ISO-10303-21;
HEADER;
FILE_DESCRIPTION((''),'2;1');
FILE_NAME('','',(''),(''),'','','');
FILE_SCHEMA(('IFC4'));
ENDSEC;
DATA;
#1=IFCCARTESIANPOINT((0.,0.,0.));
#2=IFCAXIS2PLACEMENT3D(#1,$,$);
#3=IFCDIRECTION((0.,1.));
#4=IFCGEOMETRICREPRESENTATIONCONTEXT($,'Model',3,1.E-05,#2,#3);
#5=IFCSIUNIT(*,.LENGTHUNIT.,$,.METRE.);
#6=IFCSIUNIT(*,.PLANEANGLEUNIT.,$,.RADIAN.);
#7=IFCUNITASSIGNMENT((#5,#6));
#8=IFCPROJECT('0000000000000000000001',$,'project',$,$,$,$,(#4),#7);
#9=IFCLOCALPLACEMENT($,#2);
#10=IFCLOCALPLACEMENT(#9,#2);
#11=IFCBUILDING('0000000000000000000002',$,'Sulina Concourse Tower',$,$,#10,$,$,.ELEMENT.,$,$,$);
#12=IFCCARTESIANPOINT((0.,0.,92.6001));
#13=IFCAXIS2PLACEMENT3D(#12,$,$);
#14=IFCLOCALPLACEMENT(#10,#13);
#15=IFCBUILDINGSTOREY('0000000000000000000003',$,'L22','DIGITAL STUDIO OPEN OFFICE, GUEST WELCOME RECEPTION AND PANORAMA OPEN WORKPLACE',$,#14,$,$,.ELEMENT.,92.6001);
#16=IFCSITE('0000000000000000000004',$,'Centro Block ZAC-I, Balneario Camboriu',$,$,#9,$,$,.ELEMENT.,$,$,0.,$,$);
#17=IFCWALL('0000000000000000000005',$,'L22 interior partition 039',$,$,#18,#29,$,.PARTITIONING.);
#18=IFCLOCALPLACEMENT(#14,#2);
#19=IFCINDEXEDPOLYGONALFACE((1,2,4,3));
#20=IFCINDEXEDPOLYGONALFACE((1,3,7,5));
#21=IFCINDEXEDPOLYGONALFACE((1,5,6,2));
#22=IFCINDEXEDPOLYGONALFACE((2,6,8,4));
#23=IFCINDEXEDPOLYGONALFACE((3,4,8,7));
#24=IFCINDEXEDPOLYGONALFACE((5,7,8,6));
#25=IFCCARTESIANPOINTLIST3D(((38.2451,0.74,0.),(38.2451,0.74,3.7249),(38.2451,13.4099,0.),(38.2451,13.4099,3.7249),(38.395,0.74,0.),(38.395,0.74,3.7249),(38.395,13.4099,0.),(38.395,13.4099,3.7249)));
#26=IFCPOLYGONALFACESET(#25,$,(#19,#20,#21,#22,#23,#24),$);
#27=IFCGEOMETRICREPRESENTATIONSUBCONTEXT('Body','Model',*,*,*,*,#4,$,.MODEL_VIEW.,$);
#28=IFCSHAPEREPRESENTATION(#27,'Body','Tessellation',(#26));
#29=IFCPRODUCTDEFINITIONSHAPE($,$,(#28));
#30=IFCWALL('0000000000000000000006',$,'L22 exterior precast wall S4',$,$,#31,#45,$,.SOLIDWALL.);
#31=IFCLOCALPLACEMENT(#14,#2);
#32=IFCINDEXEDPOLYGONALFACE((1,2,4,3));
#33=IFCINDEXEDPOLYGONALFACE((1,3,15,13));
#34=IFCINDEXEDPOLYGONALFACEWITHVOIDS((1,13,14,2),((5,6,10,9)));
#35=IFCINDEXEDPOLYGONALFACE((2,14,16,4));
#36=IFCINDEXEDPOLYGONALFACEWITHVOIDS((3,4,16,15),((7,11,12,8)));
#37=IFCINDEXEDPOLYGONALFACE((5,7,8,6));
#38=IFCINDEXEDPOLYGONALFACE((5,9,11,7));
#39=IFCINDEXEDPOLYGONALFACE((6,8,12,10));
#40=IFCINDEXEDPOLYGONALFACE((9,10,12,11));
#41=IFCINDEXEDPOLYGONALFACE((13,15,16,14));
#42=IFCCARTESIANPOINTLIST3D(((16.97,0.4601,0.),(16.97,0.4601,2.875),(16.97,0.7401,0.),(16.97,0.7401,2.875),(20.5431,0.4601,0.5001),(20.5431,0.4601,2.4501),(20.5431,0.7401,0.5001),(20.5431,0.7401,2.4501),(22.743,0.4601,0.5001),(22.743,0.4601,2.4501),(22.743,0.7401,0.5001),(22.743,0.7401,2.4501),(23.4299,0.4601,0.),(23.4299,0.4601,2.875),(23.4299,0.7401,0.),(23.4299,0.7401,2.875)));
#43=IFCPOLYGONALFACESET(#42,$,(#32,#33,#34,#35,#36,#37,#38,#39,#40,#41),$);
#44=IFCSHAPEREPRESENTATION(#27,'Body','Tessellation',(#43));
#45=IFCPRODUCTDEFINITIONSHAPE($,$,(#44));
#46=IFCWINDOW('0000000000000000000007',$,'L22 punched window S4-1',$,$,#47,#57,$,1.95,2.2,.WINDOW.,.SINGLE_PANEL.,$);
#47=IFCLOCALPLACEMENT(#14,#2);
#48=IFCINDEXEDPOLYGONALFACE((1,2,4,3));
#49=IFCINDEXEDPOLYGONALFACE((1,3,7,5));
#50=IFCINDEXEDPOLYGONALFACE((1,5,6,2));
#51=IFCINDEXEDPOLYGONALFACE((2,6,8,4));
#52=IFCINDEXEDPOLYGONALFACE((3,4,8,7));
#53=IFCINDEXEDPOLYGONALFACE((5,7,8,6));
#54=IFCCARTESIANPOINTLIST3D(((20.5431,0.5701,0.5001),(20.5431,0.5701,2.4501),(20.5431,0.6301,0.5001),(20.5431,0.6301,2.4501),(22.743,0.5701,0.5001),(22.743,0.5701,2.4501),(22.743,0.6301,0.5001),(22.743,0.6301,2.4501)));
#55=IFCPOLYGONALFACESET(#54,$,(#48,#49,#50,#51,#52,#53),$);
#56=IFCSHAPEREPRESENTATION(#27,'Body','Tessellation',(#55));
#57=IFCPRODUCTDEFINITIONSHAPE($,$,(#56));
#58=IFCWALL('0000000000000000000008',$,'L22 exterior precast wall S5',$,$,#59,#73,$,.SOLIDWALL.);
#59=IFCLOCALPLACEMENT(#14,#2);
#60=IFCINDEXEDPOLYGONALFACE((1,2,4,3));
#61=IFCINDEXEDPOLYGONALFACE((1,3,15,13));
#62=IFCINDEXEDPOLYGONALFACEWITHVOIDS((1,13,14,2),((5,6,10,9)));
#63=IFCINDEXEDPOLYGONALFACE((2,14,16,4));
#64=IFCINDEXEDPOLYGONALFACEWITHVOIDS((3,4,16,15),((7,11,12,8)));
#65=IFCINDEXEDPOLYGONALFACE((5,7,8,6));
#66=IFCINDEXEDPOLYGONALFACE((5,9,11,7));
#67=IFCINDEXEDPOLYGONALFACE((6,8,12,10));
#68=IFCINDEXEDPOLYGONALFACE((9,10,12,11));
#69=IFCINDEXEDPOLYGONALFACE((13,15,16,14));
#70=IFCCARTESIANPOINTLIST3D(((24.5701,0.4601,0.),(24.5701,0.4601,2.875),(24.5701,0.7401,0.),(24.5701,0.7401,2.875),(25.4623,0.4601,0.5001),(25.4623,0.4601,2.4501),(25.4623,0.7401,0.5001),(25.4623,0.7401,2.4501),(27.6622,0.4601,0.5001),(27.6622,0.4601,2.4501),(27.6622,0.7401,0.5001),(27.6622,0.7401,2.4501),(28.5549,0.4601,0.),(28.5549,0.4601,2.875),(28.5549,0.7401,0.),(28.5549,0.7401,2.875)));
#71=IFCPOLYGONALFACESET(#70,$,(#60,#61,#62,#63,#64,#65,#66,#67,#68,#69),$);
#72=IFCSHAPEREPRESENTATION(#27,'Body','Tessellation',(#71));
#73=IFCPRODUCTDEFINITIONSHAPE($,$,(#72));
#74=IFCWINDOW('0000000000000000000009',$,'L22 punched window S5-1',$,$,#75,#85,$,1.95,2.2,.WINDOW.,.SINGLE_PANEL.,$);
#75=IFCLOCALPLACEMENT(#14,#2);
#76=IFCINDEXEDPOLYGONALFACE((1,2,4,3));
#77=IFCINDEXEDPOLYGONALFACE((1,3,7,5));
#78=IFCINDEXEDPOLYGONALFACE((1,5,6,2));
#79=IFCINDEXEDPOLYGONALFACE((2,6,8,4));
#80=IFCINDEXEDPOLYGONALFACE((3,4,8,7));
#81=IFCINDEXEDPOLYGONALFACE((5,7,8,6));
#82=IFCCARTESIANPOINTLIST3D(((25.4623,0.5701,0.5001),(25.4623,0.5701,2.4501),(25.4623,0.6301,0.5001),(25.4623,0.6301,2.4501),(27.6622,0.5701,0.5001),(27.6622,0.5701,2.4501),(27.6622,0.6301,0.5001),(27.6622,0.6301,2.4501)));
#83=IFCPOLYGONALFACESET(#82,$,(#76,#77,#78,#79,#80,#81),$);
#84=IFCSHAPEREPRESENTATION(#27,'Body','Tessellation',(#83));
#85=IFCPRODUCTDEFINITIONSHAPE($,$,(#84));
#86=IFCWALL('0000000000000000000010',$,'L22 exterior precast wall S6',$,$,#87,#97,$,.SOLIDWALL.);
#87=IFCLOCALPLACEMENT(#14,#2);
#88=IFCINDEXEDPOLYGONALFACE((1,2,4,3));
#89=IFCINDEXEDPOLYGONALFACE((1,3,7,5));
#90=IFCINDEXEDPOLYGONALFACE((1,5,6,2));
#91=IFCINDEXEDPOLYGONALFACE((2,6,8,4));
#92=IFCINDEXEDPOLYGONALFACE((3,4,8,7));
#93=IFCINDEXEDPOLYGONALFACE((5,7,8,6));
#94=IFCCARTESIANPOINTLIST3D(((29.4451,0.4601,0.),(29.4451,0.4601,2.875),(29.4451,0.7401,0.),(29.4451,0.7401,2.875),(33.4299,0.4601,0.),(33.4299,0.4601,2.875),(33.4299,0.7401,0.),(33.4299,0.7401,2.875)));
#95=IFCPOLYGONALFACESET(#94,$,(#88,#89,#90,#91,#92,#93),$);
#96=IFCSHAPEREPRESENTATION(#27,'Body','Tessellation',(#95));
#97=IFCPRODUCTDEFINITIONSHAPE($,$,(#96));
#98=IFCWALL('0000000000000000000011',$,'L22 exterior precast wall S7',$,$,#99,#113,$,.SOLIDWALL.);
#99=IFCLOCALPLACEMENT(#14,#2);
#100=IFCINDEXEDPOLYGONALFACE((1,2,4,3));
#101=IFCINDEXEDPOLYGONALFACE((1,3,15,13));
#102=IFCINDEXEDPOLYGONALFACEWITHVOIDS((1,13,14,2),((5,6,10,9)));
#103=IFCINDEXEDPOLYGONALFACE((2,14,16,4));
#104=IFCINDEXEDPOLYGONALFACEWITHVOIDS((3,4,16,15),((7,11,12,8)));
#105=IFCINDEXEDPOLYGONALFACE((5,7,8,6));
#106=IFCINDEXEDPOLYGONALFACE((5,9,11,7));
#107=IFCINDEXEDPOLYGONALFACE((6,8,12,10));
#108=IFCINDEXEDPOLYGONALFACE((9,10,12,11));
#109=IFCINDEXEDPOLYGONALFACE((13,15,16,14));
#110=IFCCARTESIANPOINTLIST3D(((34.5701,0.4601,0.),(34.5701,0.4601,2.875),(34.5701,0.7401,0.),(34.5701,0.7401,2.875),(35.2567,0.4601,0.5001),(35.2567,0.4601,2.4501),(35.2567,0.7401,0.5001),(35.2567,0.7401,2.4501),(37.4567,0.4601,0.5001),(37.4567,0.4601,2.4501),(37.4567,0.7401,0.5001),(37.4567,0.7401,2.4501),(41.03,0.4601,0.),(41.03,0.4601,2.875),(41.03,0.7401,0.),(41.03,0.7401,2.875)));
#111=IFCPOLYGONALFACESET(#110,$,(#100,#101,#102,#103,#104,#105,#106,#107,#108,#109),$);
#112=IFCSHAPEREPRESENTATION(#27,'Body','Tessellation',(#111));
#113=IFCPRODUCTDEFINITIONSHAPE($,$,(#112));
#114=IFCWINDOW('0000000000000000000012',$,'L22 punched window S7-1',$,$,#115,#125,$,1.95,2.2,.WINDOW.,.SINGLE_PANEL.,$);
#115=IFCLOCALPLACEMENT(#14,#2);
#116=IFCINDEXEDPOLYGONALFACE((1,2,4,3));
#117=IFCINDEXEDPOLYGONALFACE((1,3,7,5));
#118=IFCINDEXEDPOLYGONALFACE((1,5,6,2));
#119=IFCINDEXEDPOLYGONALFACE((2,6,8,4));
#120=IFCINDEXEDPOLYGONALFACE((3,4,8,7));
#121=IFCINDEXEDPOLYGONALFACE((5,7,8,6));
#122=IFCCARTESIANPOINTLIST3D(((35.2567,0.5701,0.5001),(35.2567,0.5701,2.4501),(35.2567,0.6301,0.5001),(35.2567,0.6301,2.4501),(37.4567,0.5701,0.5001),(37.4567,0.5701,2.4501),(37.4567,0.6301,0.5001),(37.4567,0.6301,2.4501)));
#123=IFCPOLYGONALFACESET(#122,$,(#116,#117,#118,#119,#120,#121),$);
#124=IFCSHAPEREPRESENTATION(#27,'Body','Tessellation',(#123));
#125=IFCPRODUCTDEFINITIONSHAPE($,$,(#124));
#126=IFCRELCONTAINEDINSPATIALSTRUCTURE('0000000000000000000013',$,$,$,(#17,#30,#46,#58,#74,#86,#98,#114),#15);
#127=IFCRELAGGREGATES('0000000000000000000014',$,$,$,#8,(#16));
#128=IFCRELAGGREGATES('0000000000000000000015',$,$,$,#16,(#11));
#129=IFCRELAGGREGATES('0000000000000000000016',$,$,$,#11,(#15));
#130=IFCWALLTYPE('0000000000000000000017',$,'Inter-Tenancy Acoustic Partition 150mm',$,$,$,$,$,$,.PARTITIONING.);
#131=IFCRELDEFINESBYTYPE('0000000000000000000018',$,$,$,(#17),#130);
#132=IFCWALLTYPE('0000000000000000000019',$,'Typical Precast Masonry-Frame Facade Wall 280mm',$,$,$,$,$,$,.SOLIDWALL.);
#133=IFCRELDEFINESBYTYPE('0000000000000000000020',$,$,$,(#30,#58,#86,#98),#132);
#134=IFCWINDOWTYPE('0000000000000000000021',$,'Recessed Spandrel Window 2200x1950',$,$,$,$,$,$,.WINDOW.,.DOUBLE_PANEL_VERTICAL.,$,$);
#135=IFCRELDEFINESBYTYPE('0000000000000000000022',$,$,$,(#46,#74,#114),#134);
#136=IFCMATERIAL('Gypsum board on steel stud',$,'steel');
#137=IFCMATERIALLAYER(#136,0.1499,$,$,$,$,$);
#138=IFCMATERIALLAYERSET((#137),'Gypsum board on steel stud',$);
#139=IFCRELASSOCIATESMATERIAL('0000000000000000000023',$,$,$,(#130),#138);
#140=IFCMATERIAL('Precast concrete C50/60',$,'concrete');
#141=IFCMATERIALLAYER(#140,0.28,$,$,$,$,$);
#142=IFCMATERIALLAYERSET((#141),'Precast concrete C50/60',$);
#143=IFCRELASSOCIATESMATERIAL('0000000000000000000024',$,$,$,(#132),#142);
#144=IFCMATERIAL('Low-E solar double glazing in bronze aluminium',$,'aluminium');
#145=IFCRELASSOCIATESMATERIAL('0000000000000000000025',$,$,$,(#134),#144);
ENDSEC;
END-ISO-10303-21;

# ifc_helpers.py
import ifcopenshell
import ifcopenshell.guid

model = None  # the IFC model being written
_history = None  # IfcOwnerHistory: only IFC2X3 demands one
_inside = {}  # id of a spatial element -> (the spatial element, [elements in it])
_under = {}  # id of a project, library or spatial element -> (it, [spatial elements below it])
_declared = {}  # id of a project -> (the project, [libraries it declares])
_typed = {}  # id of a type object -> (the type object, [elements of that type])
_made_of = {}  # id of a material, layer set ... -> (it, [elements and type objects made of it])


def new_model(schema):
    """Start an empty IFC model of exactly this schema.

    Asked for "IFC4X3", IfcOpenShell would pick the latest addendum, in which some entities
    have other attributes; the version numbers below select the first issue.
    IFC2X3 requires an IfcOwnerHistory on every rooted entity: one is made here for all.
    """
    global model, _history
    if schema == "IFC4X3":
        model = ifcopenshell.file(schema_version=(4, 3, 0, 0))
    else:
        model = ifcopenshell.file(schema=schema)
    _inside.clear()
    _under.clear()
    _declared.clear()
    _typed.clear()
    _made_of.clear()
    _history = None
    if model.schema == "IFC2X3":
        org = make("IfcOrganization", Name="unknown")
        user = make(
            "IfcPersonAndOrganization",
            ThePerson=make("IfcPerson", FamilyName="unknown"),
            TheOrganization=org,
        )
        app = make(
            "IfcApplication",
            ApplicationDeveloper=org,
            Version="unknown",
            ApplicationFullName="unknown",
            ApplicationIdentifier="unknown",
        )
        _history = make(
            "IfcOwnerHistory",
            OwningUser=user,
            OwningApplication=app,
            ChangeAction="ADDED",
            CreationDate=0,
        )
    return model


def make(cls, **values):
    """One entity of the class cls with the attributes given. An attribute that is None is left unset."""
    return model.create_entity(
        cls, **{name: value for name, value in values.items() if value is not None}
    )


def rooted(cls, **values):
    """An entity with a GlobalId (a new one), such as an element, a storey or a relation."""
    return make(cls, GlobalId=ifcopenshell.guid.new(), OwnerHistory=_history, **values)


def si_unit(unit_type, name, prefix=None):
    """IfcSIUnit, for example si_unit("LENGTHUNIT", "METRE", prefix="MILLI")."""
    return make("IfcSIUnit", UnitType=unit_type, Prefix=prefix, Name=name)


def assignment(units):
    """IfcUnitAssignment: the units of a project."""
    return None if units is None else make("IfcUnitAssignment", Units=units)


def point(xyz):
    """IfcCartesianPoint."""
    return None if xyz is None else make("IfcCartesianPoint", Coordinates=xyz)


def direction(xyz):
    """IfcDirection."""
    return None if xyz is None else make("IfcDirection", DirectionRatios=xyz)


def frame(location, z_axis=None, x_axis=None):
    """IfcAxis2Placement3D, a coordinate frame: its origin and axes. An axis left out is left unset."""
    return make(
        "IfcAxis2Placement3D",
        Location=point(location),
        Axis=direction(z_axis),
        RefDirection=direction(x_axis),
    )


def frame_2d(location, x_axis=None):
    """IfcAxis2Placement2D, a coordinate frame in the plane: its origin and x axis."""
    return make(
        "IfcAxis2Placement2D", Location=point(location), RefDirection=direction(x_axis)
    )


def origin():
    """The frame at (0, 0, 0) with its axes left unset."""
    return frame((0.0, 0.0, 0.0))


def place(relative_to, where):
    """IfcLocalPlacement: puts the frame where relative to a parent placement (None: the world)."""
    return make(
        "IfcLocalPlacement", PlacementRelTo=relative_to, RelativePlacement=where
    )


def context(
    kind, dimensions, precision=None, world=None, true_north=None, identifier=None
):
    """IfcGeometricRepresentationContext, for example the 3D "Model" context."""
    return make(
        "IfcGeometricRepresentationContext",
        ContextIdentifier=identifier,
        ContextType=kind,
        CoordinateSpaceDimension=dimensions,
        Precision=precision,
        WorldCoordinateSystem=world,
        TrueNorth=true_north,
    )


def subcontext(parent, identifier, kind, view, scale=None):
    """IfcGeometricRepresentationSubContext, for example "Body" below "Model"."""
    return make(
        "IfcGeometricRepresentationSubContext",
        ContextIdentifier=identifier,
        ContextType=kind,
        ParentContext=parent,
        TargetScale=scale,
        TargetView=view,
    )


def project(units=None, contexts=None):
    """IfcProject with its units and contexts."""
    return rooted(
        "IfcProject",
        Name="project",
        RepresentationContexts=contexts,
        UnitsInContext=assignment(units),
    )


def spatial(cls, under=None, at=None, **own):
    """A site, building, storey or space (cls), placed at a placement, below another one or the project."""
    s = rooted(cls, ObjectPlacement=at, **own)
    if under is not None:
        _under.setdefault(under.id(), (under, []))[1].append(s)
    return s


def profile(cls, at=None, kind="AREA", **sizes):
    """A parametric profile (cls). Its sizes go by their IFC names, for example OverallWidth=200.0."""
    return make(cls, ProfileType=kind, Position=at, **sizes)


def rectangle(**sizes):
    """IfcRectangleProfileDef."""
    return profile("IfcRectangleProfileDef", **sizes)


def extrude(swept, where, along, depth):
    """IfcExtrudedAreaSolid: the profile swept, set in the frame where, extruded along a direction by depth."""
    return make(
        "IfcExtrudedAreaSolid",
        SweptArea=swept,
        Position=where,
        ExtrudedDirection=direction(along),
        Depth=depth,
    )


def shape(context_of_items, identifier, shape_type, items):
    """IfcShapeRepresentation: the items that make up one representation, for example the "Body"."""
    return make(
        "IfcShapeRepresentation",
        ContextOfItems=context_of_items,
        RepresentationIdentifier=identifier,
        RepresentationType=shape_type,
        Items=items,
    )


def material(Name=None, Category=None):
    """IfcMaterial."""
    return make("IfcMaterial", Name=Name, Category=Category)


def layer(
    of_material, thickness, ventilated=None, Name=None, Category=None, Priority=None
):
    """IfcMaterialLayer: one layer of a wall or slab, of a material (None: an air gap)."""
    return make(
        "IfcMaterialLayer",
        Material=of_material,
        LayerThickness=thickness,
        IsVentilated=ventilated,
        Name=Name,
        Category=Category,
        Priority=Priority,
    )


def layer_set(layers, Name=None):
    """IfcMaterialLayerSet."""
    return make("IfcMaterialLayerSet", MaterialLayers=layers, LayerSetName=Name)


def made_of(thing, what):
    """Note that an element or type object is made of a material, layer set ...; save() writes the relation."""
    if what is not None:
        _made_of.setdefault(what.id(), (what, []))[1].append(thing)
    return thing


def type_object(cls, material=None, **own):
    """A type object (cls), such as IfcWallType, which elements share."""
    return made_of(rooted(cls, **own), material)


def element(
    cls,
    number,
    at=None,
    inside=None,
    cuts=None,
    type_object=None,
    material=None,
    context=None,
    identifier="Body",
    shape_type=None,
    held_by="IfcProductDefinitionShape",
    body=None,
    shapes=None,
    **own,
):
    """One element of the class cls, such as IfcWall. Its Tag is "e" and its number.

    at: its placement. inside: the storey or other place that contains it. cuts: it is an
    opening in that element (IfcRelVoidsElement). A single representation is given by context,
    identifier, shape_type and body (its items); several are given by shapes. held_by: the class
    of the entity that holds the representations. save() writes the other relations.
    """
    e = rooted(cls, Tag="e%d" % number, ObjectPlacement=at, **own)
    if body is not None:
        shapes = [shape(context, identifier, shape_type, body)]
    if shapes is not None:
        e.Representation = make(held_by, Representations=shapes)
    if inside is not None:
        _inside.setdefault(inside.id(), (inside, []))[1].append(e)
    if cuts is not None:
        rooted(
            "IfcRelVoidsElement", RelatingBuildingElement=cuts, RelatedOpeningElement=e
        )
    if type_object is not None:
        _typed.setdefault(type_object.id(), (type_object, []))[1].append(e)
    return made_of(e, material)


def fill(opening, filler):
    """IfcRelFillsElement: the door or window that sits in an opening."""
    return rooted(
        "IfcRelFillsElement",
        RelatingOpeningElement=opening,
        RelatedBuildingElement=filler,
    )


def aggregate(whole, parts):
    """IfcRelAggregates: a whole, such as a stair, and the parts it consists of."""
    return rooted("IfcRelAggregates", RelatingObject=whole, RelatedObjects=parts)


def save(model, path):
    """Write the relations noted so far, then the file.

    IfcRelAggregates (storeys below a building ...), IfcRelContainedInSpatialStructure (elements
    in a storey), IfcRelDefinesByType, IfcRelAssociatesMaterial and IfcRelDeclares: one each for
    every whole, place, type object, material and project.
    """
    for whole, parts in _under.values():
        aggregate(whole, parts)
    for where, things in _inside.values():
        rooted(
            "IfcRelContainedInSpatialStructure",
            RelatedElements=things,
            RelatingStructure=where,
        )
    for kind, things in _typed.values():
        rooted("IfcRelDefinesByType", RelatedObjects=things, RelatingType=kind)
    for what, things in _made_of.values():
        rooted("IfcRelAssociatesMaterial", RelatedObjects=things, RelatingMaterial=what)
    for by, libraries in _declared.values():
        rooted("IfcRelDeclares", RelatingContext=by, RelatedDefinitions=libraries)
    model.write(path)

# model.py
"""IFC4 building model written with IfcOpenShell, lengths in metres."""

from ifc_helpers import new_model, si_unit, direction, frame, frame_2d, origin, place, context, subcontext, project, spatial, rectangle, extrude, material, layer, layer_set, type_object, element, fill, save


model = new_model("IFC4")

# Units and contexts
model_context = context("Model", 3, precision=1e-05, world=origin(), true_north=direction((0.0, 1.0)))
body_context = subcontext(model_context, "Body", "Model", "MODEL_VIEW")
ifc_project = project(units=[si_unit("LENGTHUNIT", "METRE"), si_unit("PLANEANGLEUNIT", "RADIAN")], contexts=[model_context])

# Site, building, storey
site_placement = place(None, origin())
site = spatial("IfcSite", under=ifc_project, at=site_placement, Name="Centro Block ZAC-I, Balneario Camboriu", CompositionType="ELEMENT", RefElevation=0.0)
building_placement = place(site_placement, origin())
building = spatial("IfcBuilding", under=site, at=building_placement, Name="Sulina Concourse Tower", CompositionType="ELEMENT")
storey_placement = place(building_placement, frame((0.0, 0.0, 92.6001)))
storey = spatial("IfcBuildingStorey", under=building, at=storey_placement, Name="L22", Description="DIGITAL STUDIO OPEN OFFICE, GUEST WELCOME RECEPTION AND PANORAMA OPEN WORKPLACE", CompositionType="ELEMENT", Elevation=92.6001)

# Wall
ifc_material_1 = material(Name="Gypsum board on steel stud", Category="steel")
ifc_layer_1 = layer(ifc_material_1, 0.1499)
ifc_layer_set_1 = layer_set([ifc_layer_1], Name="Gypsum board on steel stud")
wall_type_1 = type_object("IfcWallType", Name="Inter-Tenancy Acoustic Partition 150mm", PredefinedType="PARTITIONING", material=ifc_layer_set_1)
wall_1_placement = place(storey_placement, frame((38.3201, 0.74, 0.0), z_axis=(0.0, 0.0, 1.0), x_axis=(0.0, 1.0, 0.0)))
element("IfcWall", 1, at=wall_1_placement, inside=storey, type_object=wall_type_1, Name="L22 interior partition 039", PredefinedType="PARTITIONING", context=body_context, shape_type="SweptSolid", body=[
    extrude(rectangle(XDim=12.6699, YDim=0.1499, at=frame_2d((6.335, 0.0))), origin(), (0.0, 0.0, 1.0), 3.7249),
])

# Walls, openings, windows
ifc_material_2 = material(Name="Precast concrete C50/60", Category="concrete")
ifc_layer_2 = layer(ifc_material_2, 0.28)
ifc_layer_set_2 = layer_set([ifc_layer_2], Name="Precast concrete C50/60")
wall_type_2 = type_object("IfcWallType", Name="Typical Precast Masonry-Frame Facade Wall 280mm", PredefinedType="SOLIDWALL", material=ifc_layer_set_2)
wall_2_placement = place(storey_placement, frame((23.4299, 0.6001, 0.0), z_axis=(0.0, 0.0, 1.0), x_axis=(-1.0, 0.0, 0.0)))
wall_2 = element("IfcWall", 2, at=wall_2_placement, inside=storey, type_object=wall_type_2, Name="L22 exterior precast wall S4", PredefinedType="SOLIDWALL", context=body_context, shape_type="SweptSolid", body=[
    extrude(rectangle(XDim=6.46, YDim=0.28, at=frame_2d((3.23, 0.0))), origin(), (0.0, 0.0, 1.0), 2.875),
])
opening_1_placement = place(wall_2_placement, frame((0.6868, 0.0, 0.5)))
opening_1 = element("IfcOpeningElement", 3, at=opening_1_placement, cuts=wall_2, PredefinedType="OPENING", context=body_context, shape_type="SweptSolid", body=[
    extrude(rectangle(XDim=2.2, YDim=1.95, at=frame_2d((1.1001, 0.9751))), frame((0.0, 0.1499, 0.0), z_axis=(0.0, -1.0, 0.0), x_axis=(1.0, 0.0, 0.0)), (0.0, 0.0, 1.0), 0.3),
])
ifc_material_3 = material(Name="Low-E solar double glazing in bronze aluminium", Category="aluminium")
window_type = type_object("IfcWindowType", Name="Recessed Spandrel Window 2200x1950", PartitioningType="DOUBLE_PANEL_VERTICAL", PredefinedType="WINDOW", material=ifc_material_3)
window_1_placement = place(opening_1_placement, origin())
window_1 = element("IfcWindow", 4, at=window_1_placement, inside=storey, type_object=window_type, Name="L22 punched window S4-1", OverallHeight=1.95, OverallWidth=2.2, PartitioningType="SINGLE_PANEL", PredefinedType="WINDOW", context=body_context, shape_type="SweptSolid", body=[
    extrude(rectangle(XDim=2.2, YDim=1.95, at=frame_2d((1.1001, 0.9751))), frame((0.0, 0.03, 0.0), z_axis=(0.0, -1.0, 0.0), x_axis=(1.0, 0.0, 0.0)), (0.0, 0.0, 1.0), 0.0601),
])
fill(opening_1, window_1)
wall_3_placement = place(storey_placement, frame((28.5549, 0.6001, 0.0), z_axis=(0.0, 0.0, 1.0), x_axis=(-1.0, 0.0, 0.0)))
wall_3 = element("IfcWall", 5, at=wall_3_placement, inside=storey, type_object=wall_type_2, Name="L22 exterior precast wall S5", PredefinedType="SOLIDWALL", context=body_context, shape_type="SweptSolid", body=[
    extrude(rectangle(XDim=3.9849, YDim=0.28, at=frame_2d((1.9924, 0.0))), origin(), (0.0, 0.0, 1.0), 2.875),
])
opening_2_placement = place(wall_3_placement, frame((0.8926, 0.0, 0.5)))
opening_2 = element("IfcOpeningElement", 6, at=opening_2_placement, cuts=wall_3, PredefinedType="OPENING", context=body_context, shape_type="SweptSolid", body=[
    extrude(rectangle(XDim=2.2, YDim=1.95, at=frame_2d((1.1001, 0.9751))), frame((0.0, 0.1499, 0.0), z_axis=(0.0, -1.0, 0.0), x_axis=(1.0, 0.0, 0.0)), (0.0, 0.0, 1.0), 0.3),
])
window_2_placement = place(opening_2_placement, origin())
window_2 = element("IfcWindow", 7, at=window_2_placement, inside=storey, type_object=window_type, Name="L22 punched window S5-1", OverallHeight=1.95, OverallWidth=2.2, PartitioningType="SINGLE_PANEL", PredefinedType="WINDOW", context=body_context, shape_type="SweptSolid", body=[
    extrude(rectangle(XDim=2.2, YDim=1.95, at=frame_2d((1.1001, 0.9751))), frame((0.0, 0.03, 0.0), z_axis=(0.0, -1.0, 0.0), x_axis=(1.0, 0.0, 0.0)), (0.0, 0.0, 1.0), 0.0601),
])
fill(opening_2, window_2)

# Wall
wall_4_placement = place(storey_placement, frame((33.4299, 0.6001, 0.0), z_axis=(0.0, 0.0, 1.0), x_axis=(-1.0, 0.0, 0.0)))
element("IfcWall", 8, at=wall_4_placement, inside=storey, type_object=wall_type_2, Name="L22 exterior precast wall S6", PredefinedType="SOLIDWALL", context=body_context, shape_type="SweptSolid", body=[
    extrude(rectangle(XDim=3.9849, YDim=0.28, at=frame_2d((1.9924, 0.0))), origin(), (0.0, 0.0, 1.0), 2.875),
])

# Wall, opening, window
wall_5_placement = place(storey_placement, frame((41.03, 0.6001, 0.0), z_axis=(0.0, 0.0, 1.0), x_axis=(-1.0, 0.0, 0.0)))
wall_5 = element("IfcWall", 9, at=wall_5_placement, inside=storey, type_object=wall_type_2, Name="L22 exterior precast wall S7", PredefinedType="SOLIDWALL", context=body_context, shape_type="SweptSolid", body=[
    extrude(rectangle(XDim=6.46, YDim=0.28, at=frame_2d((3.23, 0.0))), origin(), (0.0, 0.0, 1.0), 2.875),
])
opening_3_placement = place(wall_5_placement, frame((3.5732, 0.0, 0.5)))
opening_3 = element("IfcOpeningElement", 10, at=opening_3_placement, cuts=wall_5, PredefinedType="OPENING", context=body_context, shape_type="SweptSolid", body=[
    extrude(rectangle(XDim=2.2, YDim=1.95, at=frame_2d((1.1001, 0.9751))), frame((0.0, 0.1499, 0.0), z_axis=(0.0, -1.0, 0.0), x_axis=(1.0, 0.0, 0.0)), (0.0, 0.0, 1.0), 0.3),
])
window_3_placement = place(opening_3_placement, origin())
window_3 = element("IfcWindow", 11, at=window_3_placement, inside=storey, type_object=window_type, Name="L22 punched window S7-1", OverallHeight=1.95, OverallWidth=2.2, PartitioningType="SINGLE_PANEL", PredefinedType="WINDOW", context=body_context, shape_type="SweptSolid", body=[
    extrude(rectangle(XDim=2.2, YDim=1.95, at=frame_2d((1.1001, 0.9751))), frame((0.0, 0.03, 0.0), z_axis=(0.0, -1.0, 0.0), x_axis=(1.0, 0.0, 0.0)), (0.0, 0.0, 1.0), 0.0601),
])
fill(opening_3, window_3)

save(model, "model.ifc")
